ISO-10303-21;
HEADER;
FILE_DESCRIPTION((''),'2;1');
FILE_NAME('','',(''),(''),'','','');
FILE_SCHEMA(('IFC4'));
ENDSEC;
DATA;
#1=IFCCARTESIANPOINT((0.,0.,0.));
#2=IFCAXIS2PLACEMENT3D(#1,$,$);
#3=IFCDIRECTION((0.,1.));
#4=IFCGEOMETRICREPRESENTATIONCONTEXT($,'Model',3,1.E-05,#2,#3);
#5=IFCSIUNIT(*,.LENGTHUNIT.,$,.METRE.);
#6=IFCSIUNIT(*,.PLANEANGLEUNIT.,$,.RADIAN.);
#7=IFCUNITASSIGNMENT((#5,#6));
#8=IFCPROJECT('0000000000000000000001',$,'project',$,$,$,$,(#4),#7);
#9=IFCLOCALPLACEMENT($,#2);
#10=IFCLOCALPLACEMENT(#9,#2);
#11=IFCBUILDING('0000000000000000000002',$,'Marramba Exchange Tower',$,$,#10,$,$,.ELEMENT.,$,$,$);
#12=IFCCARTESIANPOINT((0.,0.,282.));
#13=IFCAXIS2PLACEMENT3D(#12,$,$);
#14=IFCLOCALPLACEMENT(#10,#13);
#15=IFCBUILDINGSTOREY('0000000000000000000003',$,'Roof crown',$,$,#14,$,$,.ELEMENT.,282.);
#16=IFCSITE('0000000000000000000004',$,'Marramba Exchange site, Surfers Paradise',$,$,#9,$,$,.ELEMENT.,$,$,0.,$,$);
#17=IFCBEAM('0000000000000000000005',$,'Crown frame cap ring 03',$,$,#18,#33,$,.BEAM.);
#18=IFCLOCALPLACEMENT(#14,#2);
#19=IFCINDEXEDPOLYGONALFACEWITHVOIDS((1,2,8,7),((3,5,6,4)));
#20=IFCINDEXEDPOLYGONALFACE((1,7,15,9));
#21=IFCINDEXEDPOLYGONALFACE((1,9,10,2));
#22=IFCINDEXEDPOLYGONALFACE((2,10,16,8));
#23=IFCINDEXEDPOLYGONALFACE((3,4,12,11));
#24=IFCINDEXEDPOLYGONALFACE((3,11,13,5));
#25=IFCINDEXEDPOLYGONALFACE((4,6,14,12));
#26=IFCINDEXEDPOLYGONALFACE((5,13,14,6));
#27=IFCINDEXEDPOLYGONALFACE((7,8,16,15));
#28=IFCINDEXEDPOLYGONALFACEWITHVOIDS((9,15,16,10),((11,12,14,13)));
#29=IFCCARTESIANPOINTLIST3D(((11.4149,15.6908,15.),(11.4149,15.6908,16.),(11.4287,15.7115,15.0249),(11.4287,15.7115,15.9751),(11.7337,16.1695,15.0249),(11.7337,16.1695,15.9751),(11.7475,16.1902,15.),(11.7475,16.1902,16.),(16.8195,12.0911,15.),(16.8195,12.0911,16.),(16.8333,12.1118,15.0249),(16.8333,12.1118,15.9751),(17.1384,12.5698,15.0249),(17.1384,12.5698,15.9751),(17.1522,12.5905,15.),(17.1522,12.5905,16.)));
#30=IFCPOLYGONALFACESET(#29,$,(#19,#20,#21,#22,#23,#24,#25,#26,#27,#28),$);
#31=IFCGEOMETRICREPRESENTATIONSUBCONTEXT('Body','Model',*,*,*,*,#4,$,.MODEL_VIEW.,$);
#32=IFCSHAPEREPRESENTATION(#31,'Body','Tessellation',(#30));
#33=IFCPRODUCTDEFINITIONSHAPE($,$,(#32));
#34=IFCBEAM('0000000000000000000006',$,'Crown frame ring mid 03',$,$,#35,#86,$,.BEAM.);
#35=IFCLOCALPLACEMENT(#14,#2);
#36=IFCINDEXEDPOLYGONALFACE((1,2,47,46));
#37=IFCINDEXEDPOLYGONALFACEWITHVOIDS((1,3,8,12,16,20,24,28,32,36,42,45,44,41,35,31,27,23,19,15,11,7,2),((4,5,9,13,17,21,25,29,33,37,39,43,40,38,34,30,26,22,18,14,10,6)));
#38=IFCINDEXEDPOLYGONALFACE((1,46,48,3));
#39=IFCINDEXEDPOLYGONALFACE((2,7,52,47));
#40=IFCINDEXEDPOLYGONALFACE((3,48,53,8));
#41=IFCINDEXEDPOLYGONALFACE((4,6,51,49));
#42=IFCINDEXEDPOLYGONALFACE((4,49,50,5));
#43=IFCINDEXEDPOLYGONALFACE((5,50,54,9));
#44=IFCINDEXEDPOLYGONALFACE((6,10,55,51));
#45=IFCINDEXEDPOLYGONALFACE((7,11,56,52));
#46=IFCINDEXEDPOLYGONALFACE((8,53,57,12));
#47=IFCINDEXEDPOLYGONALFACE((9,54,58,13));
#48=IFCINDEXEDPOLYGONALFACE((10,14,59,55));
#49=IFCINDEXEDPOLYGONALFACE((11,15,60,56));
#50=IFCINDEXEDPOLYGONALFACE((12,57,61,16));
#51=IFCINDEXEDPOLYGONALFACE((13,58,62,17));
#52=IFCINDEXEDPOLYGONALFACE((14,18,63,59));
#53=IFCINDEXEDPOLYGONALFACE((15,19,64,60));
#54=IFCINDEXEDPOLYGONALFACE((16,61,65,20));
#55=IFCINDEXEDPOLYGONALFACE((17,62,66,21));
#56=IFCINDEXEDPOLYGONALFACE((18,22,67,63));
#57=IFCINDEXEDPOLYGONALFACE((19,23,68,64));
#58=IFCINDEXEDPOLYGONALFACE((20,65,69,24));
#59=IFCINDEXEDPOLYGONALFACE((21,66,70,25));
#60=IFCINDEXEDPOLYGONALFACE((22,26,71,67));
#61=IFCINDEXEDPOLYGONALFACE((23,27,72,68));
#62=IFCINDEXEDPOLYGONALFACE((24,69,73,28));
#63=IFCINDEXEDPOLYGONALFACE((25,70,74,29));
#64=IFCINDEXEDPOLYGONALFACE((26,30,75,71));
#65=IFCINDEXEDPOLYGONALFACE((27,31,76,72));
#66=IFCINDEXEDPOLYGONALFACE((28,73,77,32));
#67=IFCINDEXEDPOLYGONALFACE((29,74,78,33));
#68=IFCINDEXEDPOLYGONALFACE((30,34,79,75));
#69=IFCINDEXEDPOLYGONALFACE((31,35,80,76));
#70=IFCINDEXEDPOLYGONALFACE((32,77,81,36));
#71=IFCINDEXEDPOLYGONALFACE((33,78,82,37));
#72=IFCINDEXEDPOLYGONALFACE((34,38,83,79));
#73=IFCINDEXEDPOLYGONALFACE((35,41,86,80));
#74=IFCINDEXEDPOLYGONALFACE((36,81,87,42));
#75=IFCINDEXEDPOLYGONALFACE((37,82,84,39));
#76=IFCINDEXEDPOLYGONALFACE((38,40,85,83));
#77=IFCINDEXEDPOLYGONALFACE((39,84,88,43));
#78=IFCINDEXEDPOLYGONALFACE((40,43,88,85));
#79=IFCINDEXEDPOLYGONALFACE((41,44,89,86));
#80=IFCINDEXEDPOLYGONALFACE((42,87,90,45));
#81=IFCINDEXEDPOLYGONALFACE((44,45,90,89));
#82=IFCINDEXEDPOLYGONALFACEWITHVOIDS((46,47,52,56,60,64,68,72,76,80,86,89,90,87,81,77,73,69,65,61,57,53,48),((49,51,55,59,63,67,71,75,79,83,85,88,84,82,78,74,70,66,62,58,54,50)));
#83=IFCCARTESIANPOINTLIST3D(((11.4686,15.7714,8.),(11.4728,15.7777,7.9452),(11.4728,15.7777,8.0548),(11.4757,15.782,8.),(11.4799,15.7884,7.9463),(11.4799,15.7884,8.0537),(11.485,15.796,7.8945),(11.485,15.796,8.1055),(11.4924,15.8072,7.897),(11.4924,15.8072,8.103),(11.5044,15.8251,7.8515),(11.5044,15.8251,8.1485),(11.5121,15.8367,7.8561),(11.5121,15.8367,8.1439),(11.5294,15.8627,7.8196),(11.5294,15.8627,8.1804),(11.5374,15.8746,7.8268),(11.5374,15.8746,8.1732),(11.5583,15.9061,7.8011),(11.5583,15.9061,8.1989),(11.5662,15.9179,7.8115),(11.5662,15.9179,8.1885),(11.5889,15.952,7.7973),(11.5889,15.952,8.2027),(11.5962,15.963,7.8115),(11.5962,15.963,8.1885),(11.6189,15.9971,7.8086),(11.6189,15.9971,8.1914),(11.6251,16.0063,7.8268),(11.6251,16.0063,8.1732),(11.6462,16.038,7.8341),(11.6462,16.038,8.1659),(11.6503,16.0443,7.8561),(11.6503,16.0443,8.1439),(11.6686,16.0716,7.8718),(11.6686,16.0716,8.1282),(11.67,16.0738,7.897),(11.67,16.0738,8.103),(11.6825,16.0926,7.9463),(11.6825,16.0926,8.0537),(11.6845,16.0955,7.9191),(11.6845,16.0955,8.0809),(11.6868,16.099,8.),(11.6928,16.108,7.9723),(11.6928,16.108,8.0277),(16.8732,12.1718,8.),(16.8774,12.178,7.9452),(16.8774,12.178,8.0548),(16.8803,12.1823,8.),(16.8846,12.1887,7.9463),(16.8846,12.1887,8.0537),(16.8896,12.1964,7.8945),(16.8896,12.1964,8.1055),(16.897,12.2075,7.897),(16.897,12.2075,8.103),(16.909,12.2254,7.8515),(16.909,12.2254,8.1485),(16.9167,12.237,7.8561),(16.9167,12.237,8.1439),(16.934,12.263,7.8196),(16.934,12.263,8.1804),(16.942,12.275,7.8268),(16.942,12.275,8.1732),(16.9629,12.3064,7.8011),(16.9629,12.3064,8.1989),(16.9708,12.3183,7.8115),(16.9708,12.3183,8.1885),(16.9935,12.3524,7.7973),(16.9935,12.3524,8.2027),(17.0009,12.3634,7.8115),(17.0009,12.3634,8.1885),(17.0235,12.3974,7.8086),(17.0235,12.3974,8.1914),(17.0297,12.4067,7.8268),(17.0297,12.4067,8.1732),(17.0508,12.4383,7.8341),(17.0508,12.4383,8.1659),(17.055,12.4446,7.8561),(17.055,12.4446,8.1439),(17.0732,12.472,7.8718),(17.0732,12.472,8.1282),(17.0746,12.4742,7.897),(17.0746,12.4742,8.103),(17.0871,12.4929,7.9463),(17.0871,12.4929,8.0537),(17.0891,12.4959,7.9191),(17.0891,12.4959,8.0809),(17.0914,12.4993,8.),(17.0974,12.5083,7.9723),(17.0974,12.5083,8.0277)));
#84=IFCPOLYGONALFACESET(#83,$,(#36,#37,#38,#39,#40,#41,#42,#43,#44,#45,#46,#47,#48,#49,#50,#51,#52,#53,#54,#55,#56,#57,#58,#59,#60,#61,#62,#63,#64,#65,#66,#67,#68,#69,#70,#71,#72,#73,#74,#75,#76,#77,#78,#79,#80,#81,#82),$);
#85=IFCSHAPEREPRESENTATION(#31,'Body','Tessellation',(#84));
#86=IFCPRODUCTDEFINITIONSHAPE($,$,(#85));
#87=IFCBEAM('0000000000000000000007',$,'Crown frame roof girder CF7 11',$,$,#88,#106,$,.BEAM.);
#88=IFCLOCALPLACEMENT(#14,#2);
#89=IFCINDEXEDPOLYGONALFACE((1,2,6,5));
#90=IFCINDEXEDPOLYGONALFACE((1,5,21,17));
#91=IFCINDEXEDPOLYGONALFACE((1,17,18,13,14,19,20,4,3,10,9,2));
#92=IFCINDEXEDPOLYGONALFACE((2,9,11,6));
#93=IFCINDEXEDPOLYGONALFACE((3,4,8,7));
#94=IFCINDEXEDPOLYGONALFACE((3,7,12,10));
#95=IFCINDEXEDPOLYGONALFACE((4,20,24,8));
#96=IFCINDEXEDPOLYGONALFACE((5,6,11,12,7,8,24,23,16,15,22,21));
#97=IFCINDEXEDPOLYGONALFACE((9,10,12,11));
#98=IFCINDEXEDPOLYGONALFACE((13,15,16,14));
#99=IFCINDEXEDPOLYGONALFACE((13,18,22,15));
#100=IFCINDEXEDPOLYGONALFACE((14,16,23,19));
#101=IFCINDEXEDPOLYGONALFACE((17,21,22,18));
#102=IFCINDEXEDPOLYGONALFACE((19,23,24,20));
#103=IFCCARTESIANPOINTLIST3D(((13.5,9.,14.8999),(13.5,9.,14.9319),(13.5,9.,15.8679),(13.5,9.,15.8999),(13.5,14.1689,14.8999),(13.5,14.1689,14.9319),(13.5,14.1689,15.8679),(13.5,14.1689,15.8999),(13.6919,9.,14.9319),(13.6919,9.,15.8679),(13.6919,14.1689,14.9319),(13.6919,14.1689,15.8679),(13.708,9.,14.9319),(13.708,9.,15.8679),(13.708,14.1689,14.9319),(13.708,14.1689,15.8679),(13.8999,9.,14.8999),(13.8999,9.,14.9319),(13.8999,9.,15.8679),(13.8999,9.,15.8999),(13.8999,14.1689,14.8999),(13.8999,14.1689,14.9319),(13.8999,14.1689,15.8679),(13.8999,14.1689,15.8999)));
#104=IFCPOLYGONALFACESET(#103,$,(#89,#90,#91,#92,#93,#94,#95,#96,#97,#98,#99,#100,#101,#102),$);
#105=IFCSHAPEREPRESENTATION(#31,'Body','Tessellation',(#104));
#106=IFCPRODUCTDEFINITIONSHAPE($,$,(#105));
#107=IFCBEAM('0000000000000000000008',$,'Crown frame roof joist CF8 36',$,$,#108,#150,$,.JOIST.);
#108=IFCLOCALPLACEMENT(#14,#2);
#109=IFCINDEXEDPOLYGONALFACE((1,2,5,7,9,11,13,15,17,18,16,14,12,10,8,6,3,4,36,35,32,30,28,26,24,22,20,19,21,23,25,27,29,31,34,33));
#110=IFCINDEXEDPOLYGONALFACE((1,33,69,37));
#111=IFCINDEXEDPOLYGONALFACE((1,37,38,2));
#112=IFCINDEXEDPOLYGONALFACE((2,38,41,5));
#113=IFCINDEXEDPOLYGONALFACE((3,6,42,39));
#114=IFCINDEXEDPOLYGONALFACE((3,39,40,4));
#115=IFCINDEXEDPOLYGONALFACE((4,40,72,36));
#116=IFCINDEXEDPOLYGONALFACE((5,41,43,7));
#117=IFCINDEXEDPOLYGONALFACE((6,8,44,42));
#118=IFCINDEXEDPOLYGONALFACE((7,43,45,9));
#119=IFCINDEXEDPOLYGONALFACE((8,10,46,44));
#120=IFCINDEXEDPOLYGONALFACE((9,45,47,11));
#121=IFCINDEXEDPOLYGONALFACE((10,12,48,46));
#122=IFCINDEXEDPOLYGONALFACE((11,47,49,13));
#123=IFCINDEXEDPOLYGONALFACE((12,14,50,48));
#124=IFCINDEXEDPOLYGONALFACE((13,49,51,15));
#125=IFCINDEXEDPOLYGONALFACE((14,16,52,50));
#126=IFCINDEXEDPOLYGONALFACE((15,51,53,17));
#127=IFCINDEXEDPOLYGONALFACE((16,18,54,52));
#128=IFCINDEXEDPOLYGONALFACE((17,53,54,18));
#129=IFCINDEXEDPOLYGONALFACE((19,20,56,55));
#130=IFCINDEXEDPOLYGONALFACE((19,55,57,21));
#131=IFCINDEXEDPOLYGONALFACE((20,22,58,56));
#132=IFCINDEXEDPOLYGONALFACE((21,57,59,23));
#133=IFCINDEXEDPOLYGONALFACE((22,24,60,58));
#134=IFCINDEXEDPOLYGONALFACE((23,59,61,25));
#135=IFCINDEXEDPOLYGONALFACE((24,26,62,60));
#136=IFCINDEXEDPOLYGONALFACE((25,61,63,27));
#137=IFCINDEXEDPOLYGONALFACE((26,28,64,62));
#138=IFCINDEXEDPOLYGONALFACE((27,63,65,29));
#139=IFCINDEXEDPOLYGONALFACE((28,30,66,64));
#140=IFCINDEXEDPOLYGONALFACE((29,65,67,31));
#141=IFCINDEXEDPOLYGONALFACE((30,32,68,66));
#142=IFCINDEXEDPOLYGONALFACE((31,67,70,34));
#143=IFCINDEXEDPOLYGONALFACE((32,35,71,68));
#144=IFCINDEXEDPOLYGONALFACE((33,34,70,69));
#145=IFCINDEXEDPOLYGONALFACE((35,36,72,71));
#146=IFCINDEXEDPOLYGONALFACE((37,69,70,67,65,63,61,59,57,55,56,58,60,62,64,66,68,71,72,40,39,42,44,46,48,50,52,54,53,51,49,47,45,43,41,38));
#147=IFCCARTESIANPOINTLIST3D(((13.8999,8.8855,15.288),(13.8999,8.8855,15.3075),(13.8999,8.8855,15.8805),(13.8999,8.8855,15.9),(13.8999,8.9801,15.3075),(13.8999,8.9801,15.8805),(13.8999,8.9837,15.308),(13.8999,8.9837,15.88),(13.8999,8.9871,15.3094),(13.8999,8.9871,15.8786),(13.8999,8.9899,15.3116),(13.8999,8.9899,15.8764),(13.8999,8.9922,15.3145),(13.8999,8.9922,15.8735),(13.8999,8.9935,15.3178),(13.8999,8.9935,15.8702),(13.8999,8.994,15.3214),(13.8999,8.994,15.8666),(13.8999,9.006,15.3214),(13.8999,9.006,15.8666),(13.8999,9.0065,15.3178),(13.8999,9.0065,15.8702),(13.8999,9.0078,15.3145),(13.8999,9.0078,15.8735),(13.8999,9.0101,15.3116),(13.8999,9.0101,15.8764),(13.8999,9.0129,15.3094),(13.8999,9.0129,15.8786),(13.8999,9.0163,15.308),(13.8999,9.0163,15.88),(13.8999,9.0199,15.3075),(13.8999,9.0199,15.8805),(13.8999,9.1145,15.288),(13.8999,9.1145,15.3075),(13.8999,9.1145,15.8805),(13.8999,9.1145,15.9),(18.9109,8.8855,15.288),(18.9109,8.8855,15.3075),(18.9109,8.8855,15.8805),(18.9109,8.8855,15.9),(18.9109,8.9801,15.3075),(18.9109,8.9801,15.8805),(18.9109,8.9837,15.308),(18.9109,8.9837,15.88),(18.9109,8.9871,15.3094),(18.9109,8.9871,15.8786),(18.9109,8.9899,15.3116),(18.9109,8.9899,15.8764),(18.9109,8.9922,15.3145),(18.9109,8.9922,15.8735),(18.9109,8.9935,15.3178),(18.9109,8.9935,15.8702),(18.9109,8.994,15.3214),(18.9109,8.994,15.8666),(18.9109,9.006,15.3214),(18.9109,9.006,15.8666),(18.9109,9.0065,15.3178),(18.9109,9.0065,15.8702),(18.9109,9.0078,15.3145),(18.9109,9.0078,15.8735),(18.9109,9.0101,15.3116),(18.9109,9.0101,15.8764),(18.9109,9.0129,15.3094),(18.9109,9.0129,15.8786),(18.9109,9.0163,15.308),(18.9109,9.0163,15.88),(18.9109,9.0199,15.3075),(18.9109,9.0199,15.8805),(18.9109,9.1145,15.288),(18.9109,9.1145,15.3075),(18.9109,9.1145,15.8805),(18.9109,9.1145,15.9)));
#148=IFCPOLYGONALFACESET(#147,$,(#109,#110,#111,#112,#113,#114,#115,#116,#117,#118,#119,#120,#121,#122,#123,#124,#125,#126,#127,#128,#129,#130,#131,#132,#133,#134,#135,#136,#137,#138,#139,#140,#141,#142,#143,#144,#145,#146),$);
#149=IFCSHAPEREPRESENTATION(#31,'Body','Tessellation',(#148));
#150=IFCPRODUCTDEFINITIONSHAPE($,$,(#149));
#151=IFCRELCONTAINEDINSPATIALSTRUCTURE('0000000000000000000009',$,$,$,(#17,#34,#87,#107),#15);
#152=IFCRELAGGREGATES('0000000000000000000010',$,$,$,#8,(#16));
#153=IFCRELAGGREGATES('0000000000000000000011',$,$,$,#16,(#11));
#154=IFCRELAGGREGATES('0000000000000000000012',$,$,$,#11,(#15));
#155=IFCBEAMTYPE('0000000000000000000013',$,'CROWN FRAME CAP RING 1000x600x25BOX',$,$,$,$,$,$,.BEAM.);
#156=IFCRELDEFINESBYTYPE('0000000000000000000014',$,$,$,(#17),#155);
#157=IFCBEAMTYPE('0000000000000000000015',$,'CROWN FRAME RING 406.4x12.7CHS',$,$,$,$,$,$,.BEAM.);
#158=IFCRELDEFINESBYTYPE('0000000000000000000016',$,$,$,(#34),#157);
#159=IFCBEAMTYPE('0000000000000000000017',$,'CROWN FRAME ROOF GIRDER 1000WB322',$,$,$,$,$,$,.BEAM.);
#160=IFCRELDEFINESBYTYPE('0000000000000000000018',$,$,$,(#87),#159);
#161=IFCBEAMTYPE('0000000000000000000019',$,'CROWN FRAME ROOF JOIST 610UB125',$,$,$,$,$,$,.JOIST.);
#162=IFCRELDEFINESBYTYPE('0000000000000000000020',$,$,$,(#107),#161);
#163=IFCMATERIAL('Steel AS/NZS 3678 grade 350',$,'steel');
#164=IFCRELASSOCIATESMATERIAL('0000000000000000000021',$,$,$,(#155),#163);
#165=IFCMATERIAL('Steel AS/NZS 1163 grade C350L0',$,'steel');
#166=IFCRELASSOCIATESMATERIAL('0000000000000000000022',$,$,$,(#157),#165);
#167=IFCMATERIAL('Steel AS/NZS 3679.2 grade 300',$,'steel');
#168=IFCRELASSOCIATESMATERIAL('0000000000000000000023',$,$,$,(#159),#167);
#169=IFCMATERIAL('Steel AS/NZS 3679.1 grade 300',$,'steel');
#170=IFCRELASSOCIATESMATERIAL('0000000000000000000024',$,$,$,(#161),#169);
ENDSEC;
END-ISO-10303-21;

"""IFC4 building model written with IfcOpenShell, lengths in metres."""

from ifc_helpers import new_model, si_unit, direction, frame, origin, origin_2d, place, context, subcontext, project, spatial, hollow_rectangle, hollow_circle, i_section, extrude, material, material_profile, profile_set, type_object, element, save


model = new_model("IFC4")

# Units and contexts
model_context = context("Model", 3, precision=1e-05, world=origin(), true_north=direction((0.0, 1.0)))
body_context = subcontext(model_context, "Body", "Model", "MODEL_VIEW")
ifc_project = project(units=[si_unit("LENGTHUNIT", "METRE"), si_unit("PLANEANGLEUNIT", "RADIAN")], contexts=[model_context])

# Site, building, storey
site_placement = place(None, origin())
site = spatial("IfcSite", under=ifc_project, at=site_placement, Name="Marramba Exchange site, Surfers Paradise", CompositionType="ELEMENT", RefElevation=0.0)
building_placement = place(site_placement, origin())
building = spatial("IfcBuilding", under=site, at=building_placement, Name="Marramba Exchange Tower", CompositionType="ELEMENT")
storey_placement = place(building_placement, frame((0.0, 0.0, 282.0)))
storey = spatial("IfcBuildingStorey", under=building, at=storey_placement, Name="Roof crown", CompositionType="ELEMENT", Elevation=282.0)

# Beams
ifc_material_1 = material(Name="Steel AS/NZS 3678 grade 350", Category="steel")
ifc_material_profile_1 = material_profile(ifc_material_1, hollow_rectangle(XDim=0.6001, YDim=1.0, WallThickness=0.0249, at=origin_2d()), Name="1000x600x25BOX")
ifc_profile_set_1 = profile_set([ifc_material_profile_1], Name="Steel AS/NZS 3678 grade 350")
beam_type_1 = type_object("IfcBeamType", Name="CROWN FRAME CAP RING 1000x600x25BOX", PredefinedType="BEAM", material=ifc_profile_set_1)
beam_1_placement = place(storey_placement, frame((16.9858, 12.3408, 15.5), z_axis=(-0.832293, 0.554336, 0.0), x_axis=(-0.554336, -0.832293, 0.0)))
element("IfcBeam", 1, at=beam_1_placement, inside=storey, type_object=beam_type_1, Name="Crown frame cap ring 03", PredefinedType="BEAM", context=body_context, shape_type="SweptSolid", body=[
    extrude(hollow_rectangle(XDim=0.6001, YDim=1.0, WallThickness=0.0249, at=origin_2d()), origin(), (0.0, 0.0, 1.0), 6.4937),
])
ifc_material_2 = material(Name="Steel AS/NZS 1163 grade C350L0", Category="steel")
ifc_material_profile_2 = material_profile(ifc_material_2, hollow_circle(Radius=0.2031, WallThickness=0.0127, at=origin_2d()), Name="406.4x12.7CHS")
ifc_profile_set_2 = profile_set([ifc_material_profile_2], Name="Steel AS/NZS 1163 grade C350L0")
beam_type_2 = type_object("IfcBeamType", Name="CROWN FRAME RING 406.4x12.7CHS", PredefinedType="BEAM", material=ifc_profile_set_2)
beam_2_placement = place(storey_placement, frame((16.9858, 12.3408, 8.0), z_axis=(-0.832293, 0.554336, 0.0), x_axis=(-0.554336, -0.832293, 0.0)))
element("IfcBeam", 2, at=beam_2_placement, inside=storey, type_object=beam_type_2, Name="Crown frame ring mid 03", PredefinedType="BEAM", context=body_context, shape_type="SweptSolid", body=[
    extrude(hollow_circle(Radius=0.2031, WallThickness=0.0127, at=origin_2d()), origin(), (0.0, 0.0, 1.0), 6.4937),
])
ifc_material_3 = material(Name="Steel AS/NZS 3679.2 grade 300", Category="steel")
ifc_material_profile_3 = material_profile(ifc_material_3, i_section(OverallWidth=0.3999, OverallDepth=1.0, WebThickness=0.0161, FlangeThickness=0.032, at=origin_2d()), Name="1000WB322")
ifc_profile_set_3 = profile_set([ifc_material_profile_3], Name="Steel AS/NZS 3679.2 grade 300")
beam_type_3 = type_object("IfcBeamType", Name="CROWN FRAME ROOF GIRDER 1000WB322", PredefinedType="BEAM", material=ifc_profile_set_3)
beam_3_placement = place(storey_placement, frame((13.7, 9.0, 15.3999), z_axis=(0.0, 1.0, 0.0), x_axis=(-1.0, 0.0, 0.0)))
element("IfcBeam", 3, at=beam_3_placement, inside=storey, type_object=beam_type_3, Name="Crown frame roof girder CF7 11", PredefinedType="BEAM", context=body_context, shape_type="SweptSolid", body=[
    extrude(i_section(OverallWidth=0.3999, OverallDepth=1.0, WebThickness=0.0161, FlangeThickness=0.032, at=origin_2d()), origin(), (0.0, 0.0, 1.0), 5.1689),
])
ifc_material_4 = material(Name="Steel AS/NZS 3679.1 grade 300", Category="steel")
ifc_material_profile_4 = material_profile(ifc_material_4, i_section(OverallWidth=0.229, OverallDepth=0.6121, WebThickness=0.012, FlangeThickness=0.0195, FilletRadius=0.0139, at=origin_2d()), Name="610UB125")
ifc_profile_set_4 = profile_set([ifc_material_profile_4], Name="Steel AS/NZS 3679.1 grade 300")
beam_type_4 = type_object("IfcBeamType", Name="CROWN FRAME ROOF JOIST 610UB125", PredefinedType="JOIST", material=ifc_profile_set_4)
beam_4_placement = place(storey_placement, frame((13.8999, 9.0, 15.594), z_axis=(1.0, 0.0, 0.0), x_axis=(0.0, 1.0, 0.0)))
element("IfcBeam", 4, at=beam_4_placement, inside=storey, type_object=beam_type_4, Name="Crown frame roof joist CF8 36", PredefinedType="JOIST", context=body_context, shape_type="SweptSolid", body=[
    extrude(i_section(OverallWidth=0.229, OverallDepth=0.6121, WebThickness=0.012, FlangeThickness=0.0195, FilletRadius=0.0139, at=origin_2d()), origin(), (0.0, 0.0, 1.0), 5.011),
])

save(model, "model.ifc")
